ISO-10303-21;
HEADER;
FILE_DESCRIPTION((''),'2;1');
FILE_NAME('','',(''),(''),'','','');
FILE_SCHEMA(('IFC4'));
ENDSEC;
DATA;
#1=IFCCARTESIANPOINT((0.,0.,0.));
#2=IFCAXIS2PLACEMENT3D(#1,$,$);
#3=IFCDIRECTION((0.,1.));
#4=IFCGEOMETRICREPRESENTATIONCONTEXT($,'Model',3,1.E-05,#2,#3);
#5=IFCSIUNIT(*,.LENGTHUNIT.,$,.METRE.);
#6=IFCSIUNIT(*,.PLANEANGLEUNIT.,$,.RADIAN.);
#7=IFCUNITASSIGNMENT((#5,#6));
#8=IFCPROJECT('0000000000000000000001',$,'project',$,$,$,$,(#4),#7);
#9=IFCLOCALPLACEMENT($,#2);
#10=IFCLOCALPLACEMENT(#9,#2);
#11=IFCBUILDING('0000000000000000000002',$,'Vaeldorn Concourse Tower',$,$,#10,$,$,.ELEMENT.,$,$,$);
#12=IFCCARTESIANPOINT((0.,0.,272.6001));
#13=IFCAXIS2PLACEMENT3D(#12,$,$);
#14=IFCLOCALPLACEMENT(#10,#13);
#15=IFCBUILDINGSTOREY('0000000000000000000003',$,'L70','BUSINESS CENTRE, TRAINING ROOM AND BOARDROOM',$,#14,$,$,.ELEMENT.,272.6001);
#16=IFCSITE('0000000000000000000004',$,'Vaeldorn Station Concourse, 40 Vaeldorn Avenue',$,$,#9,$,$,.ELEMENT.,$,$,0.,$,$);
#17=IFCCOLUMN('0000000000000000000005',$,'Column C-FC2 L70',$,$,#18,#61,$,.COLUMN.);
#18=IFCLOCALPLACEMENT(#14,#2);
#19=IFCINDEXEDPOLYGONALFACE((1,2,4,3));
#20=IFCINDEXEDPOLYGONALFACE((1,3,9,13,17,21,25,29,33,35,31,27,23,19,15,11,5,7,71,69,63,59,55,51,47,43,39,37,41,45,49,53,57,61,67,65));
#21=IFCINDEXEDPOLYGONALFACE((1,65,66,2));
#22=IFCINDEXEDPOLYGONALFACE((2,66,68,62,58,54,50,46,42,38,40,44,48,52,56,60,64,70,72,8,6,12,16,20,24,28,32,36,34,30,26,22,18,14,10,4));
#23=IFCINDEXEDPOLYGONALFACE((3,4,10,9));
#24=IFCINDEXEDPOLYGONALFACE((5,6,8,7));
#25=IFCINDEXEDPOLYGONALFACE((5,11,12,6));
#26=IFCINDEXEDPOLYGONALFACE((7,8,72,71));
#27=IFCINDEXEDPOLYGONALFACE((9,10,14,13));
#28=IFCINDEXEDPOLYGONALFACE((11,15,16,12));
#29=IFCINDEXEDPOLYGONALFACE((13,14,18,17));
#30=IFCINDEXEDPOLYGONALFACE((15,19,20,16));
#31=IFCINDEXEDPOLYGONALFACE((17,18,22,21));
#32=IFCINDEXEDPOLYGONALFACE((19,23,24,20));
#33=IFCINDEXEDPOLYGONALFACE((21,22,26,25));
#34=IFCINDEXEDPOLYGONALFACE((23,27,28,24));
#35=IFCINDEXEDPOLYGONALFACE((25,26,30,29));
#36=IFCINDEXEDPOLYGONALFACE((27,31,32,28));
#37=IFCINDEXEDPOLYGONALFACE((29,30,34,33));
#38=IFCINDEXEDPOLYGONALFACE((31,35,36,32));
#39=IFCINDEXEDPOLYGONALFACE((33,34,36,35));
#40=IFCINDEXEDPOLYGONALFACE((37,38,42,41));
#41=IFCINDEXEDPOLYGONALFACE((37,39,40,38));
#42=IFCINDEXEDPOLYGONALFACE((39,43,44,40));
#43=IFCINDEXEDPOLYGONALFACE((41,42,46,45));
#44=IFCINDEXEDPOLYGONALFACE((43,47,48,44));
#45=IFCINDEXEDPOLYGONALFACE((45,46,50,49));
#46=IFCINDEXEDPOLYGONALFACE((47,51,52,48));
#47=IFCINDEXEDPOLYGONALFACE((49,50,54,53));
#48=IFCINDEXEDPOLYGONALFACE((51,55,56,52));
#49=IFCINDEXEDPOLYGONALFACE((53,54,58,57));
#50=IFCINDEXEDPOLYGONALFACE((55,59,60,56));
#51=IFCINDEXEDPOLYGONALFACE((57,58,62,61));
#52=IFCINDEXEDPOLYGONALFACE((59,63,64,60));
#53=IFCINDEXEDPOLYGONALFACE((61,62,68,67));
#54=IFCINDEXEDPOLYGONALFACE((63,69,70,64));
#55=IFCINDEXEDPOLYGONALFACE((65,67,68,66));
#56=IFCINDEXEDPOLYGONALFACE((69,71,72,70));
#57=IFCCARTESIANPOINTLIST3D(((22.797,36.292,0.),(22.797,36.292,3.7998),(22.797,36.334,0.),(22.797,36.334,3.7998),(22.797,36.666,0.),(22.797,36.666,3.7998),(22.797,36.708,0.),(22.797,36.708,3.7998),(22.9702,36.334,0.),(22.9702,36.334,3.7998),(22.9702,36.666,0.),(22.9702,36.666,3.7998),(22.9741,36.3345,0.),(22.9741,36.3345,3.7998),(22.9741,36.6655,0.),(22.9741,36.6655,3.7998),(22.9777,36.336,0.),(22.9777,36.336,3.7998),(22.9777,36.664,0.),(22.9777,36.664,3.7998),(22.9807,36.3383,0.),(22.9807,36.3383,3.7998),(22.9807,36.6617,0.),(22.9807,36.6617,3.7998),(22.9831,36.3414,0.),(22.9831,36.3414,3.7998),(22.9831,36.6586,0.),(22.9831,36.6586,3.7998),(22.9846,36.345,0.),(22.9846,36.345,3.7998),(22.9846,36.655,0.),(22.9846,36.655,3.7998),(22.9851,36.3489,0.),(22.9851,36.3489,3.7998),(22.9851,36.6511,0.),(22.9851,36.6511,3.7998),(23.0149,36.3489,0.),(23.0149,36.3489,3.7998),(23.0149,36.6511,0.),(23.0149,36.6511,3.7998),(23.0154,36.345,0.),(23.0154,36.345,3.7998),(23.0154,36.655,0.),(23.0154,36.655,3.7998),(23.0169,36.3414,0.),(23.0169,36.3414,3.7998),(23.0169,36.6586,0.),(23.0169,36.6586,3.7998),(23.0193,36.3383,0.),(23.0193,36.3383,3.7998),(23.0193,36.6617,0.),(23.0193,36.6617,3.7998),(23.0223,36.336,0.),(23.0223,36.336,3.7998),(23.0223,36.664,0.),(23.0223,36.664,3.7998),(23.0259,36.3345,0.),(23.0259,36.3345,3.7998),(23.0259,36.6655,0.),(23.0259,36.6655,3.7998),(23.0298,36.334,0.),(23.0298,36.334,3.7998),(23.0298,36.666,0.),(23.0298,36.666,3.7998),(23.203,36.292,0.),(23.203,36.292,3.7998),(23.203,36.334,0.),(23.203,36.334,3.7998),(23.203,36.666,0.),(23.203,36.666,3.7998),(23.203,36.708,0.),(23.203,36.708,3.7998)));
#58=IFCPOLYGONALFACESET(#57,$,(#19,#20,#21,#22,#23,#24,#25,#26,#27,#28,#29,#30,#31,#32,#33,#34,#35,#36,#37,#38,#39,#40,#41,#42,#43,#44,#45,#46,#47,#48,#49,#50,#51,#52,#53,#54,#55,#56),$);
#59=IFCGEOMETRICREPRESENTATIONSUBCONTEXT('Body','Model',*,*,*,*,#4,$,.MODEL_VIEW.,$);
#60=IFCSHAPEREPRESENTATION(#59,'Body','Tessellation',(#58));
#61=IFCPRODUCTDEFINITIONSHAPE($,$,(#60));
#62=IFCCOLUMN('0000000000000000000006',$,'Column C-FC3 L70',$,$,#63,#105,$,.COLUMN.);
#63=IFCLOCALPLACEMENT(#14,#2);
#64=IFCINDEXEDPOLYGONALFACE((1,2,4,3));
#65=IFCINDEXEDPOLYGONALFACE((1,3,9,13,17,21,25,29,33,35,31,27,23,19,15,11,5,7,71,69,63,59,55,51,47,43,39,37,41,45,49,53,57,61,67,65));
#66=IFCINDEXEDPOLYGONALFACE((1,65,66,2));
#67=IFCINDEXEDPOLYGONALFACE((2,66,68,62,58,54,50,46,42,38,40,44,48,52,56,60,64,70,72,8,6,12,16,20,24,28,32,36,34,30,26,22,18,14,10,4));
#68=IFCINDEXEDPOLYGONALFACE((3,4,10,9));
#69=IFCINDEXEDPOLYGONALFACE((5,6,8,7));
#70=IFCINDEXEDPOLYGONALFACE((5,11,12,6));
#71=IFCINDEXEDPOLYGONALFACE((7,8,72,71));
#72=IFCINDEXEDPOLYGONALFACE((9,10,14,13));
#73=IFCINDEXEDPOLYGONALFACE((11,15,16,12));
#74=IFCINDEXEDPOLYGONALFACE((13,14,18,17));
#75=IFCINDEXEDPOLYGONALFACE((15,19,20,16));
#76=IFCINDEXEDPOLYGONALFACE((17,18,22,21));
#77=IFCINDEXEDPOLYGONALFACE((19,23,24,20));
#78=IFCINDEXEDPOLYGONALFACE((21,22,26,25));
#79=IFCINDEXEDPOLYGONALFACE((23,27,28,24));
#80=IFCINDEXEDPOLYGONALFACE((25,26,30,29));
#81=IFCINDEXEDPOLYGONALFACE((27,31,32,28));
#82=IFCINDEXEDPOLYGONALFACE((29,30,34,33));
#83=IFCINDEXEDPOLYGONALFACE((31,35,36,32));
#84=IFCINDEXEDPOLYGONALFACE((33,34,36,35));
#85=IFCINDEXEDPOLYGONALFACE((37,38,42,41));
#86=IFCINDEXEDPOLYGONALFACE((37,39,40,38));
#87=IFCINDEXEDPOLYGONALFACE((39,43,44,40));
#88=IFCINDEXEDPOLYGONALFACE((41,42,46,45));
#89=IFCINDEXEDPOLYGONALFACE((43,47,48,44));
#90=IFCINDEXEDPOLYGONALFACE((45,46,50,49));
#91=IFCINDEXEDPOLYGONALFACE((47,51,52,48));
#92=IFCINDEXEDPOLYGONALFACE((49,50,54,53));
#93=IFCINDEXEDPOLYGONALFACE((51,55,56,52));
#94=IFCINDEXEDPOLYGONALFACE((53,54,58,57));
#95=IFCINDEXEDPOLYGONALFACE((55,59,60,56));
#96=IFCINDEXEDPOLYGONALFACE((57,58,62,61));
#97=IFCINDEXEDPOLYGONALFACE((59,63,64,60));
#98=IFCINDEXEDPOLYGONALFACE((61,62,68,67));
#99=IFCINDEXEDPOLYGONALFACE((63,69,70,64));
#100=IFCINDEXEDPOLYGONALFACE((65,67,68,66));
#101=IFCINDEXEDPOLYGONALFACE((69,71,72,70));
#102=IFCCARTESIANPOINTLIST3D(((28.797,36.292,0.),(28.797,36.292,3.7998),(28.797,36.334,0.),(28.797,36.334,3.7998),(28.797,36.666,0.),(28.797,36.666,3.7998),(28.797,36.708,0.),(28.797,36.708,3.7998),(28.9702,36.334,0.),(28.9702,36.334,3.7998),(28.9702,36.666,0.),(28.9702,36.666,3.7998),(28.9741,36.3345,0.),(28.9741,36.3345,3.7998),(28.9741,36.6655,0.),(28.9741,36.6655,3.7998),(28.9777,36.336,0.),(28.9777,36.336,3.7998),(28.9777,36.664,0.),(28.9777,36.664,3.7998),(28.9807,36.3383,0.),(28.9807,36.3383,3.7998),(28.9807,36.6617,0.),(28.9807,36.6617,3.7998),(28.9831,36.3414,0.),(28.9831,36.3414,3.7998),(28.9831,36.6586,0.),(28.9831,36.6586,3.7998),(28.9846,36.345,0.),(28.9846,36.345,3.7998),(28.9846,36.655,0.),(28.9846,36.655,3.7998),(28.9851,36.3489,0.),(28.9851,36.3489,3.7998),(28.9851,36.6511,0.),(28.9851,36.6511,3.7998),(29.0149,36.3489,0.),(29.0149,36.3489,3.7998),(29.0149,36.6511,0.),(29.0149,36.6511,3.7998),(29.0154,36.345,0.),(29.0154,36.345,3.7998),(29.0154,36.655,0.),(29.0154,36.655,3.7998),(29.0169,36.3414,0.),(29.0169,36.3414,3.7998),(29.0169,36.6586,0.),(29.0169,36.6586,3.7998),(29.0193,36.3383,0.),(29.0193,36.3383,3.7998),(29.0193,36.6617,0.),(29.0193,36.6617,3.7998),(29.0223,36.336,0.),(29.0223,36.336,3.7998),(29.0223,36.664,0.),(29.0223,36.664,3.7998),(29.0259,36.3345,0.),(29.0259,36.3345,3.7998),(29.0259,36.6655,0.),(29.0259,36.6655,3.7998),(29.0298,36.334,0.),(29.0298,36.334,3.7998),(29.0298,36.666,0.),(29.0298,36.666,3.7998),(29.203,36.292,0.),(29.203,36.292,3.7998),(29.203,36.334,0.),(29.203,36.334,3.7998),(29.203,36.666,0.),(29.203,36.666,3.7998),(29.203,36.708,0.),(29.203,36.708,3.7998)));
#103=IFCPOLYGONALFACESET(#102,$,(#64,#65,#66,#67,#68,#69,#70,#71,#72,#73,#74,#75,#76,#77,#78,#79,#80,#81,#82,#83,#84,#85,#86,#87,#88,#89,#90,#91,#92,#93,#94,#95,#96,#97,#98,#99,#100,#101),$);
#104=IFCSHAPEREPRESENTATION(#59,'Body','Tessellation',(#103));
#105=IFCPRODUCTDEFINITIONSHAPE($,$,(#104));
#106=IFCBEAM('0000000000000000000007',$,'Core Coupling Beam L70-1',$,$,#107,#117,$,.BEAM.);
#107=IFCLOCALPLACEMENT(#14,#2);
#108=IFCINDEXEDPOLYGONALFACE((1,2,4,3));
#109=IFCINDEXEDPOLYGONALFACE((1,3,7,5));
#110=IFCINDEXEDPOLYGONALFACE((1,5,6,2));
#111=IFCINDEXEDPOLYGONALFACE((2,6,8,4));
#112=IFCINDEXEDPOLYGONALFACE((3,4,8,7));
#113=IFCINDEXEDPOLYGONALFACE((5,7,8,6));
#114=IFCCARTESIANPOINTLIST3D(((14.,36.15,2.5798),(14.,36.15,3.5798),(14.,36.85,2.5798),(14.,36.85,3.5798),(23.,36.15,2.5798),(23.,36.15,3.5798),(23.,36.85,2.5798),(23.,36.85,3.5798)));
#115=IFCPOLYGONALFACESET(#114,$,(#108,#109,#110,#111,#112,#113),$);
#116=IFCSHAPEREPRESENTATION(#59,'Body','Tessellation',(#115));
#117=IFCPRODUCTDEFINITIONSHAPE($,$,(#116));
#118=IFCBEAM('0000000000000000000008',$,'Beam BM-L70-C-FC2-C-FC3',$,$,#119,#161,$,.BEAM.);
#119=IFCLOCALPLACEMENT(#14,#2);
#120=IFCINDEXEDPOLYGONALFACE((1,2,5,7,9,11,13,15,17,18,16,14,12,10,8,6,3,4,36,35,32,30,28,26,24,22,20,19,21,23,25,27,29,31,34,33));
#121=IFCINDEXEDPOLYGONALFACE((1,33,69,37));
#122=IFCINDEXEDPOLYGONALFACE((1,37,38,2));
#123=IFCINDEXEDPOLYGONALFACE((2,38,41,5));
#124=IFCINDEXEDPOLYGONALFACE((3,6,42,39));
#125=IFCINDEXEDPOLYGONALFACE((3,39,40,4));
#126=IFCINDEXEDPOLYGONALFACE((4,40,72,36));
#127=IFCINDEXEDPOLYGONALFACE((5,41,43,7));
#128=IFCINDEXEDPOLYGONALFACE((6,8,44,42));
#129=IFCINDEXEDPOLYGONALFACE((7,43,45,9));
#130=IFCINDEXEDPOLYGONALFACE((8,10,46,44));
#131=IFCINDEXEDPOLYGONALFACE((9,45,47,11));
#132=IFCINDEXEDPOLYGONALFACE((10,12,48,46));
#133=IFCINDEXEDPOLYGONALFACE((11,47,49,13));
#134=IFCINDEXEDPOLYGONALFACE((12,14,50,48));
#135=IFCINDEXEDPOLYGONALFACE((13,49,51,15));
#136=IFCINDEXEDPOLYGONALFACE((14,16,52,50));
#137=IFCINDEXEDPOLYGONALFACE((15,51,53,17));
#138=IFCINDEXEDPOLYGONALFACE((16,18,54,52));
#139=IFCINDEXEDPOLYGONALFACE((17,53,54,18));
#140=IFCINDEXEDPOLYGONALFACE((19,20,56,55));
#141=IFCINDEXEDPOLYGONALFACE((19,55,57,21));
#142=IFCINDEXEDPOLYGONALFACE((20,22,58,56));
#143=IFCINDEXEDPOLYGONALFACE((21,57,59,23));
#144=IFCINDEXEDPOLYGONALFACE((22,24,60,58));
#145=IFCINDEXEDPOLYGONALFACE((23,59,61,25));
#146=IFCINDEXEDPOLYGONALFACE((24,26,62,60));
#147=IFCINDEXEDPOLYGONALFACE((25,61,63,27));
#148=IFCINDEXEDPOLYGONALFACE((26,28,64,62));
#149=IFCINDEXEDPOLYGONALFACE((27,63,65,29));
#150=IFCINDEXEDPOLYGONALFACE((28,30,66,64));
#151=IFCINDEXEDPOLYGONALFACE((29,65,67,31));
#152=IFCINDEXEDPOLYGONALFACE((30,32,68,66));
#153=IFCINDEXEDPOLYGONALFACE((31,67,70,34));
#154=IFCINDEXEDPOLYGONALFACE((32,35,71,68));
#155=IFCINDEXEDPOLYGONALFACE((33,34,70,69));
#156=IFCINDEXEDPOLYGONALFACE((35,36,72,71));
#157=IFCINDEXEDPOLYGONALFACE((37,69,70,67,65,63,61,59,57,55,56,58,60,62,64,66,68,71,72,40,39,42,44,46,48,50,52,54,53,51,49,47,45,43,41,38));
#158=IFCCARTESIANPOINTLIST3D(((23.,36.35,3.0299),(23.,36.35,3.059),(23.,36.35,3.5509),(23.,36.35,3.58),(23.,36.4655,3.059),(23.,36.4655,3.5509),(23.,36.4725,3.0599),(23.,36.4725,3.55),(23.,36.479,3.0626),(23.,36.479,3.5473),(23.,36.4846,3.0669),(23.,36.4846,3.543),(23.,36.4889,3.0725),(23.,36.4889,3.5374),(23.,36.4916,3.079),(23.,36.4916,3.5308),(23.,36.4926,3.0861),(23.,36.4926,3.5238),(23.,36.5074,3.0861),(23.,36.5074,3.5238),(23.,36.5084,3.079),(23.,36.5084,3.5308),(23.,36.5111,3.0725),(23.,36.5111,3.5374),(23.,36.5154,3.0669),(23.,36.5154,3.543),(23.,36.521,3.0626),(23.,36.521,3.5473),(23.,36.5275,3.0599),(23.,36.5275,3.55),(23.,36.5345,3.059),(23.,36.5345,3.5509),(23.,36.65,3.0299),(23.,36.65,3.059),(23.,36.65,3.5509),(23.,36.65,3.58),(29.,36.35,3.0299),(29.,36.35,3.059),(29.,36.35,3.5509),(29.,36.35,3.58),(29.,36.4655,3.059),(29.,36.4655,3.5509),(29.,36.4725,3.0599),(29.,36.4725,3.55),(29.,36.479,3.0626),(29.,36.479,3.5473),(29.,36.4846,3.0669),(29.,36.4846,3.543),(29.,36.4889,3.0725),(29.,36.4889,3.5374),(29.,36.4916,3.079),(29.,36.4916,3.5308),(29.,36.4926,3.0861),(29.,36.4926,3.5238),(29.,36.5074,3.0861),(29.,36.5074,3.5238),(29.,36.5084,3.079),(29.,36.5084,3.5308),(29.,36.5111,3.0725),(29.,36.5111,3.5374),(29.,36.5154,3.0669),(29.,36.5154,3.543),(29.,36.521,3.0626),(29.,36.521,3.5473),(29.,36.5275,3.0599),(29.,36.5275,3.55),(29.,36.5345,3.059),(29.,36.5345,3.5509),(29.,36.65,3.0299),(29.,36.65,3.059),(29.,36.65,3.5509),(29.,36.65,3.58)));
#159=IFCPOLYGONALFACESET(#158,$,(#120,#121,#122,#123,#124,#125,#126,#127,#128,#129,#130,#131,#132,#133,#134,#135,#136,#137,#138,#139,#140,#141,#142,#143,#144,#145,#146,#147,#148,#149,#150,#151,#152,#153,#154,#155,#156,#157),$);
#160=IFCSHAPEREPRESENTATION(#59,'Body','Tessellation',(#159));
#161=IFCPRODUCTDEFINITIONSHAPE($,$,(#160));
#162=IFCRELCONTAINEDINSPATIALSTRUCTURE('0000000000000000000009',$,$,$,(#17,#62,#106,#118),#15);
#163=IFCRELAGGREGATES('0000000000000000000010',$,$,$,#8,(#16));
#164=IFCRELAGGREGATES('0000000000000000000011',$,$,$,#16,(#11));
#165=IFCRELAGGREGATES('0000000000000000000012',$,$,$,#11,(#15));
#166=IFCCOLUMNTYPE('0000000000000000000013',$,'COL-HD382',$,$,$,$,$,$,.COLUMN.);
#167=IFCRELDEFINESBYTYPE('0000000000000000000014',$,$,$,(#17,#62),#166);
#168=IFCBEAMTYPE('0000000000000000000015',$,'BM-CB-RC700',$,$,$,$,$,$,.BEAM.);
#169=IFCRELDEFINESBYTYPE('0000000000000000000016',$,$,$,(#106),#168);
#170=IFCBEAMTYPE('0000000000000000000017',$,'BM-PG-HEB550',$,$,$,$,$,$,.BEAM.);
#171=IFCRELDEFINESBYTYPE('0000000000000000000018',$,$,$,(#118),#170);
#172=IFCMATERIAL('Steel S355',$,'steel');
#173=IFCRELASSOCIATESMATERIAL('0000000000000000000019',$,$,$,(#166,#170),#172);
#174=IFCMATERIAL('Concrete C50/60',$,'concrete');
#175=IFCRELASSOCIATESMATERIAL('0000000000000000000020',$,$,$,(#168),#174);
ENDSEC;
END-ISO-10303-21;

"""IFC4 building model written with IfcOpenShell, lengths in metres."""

from ifc_helpers import new_model, si_unit, direction, frame, origin, origin_2d, place, context, subcontext, project, spatial, rectangle, i_section, extrude, source, transform, mapped, material, material_profile, profile_set, type_object, element, save


model = new_model("IFC4")

# Units and contexts
model_context = context("Model", 3, precision=1e-05, world=origin(), true_north=direction((0.0, 1.0)))
body_context = subcontext(model_context, "Body", "Model", "MODEL_VIEW")
ifc_project = project(units=[si_unit("LENGTHUNIT", "METRE"), si_unit("PLANEANGLEUNIT", "RADIAN")], contexts=[model_context])

# Site, building, storey
site_placement = place(None, origin())
site = spatial("IfcSite", under=ifc_project, at=site_placement, Name="Vaeldorn Station Concourse, 40 Vaeldorn Avenue", CompositionType="ELEMENT", RefElevation=0.0)
building_placement = place(site_placement, origin())
building = spatial("IfcBuilding", under=site, at=building_placement, Name="Vaeldorn Concourse Tower", CompositionType="ELEMENT")
storey_placement = place(building_placement, frame((0.0, 0.0, 272.6001)))
storey = spatial("IfcBuildingStorey", under=building, at=storey_placement, Name="L70", Description="BUSINESS CENTRE, TRAINING ROOM AND BOARDROOM", CompositionType="ELEMENT", Elevation=272.6001)

# Columns
ifc_material_1 = material(Name="Steel S355", Category="steel")
ifc_material_profile_1 = material_profile(ifc_material_1, i_section(OverallWidth=0.406, OverallDepth=0.416, WebThickness=0.0298, FlangeThickness=0.042, FilletRadius=0.0149, at=origin_2d()), Name="HD 400x382")
ifc_profile_set_1 = profile_set([ifc_material_profile_1], Name="Steel S355")
column_type = type_object("IfcColumnType", Name="COL-HD382", PredefinedType="COLUMN", material=ifc_profile_set_1)
shared_shape_1 = source(origin(), body_context, "Body", "SweptSolid", [
    extrude(i_section(OverallWidth=0.406, OverallDepth=0.416, WebThickness=0.0298, FlangeThickness=0.042, FilletRadius=0.0149, at=origin_2d()), origin(), (0.0, 0.0, 1.0), 3.7998),
])
for number, where, z_axis, x_axis, name in (
    (1, (23.0, 36.5, 0.0), (0.0, 0.0, 1.0), (1.0, 0.0, 0.0), "Column C-FC2 L70"),
    (2, (29.0, 36.5, 0.0), (0.0, 0.0, 1.0), (1.0, 0.0, 0.0), "Column C-FC3 L70"),
):
    element("IfcColumn", number, at=place(storey_placement, frame(where, z_axis=z_axis, x_axis=x_axis)), inside=storey, type_object=column_type, Name=name, PredefinedType="COLUMN", context=body_context, shape_type="MappedRepresentation", body=[
        mapped(shared_shape_1, transform((0.0, 0.0, 0.0), scale=1.0)),
    ])

# Beams
ifc_material_2 = material(Name="Concrete C50/60", Category="concrete")
ifc_material_profile_2 = material_profile(ifc_material_2, rectangle(XDim=0.7, YDim=1.0, at=origin_2d()), Name="RC 700x1000")
ifc_profile_set_2 = profile_set([ifc_material_profile_2], Name="Concrete C50/60")
beam_type_1 = type_object("IfcBeamType", Name="BM-CB-RC700", PredefinedType="BEAM", material=ifc_profile_set_2)
shared_shape_2 = source(origin(), body_context, "Body", "SweptSolid", [
    extrude(rectangle(XDim=0.7, YDim=1.0, at=origin_2d()), origin(), (0.0, 0.0, 1.0), 9.0),
])
beam_1_placement = place(storey_placement, frame((14.0, 36.5, 3.0798), z_axis=(1.0, 0.0, 0.0), x_axis=(0.0, 1.0, 0.0)))
element("IfcBeam", 3, at=beam_1_placement, inside=storey, type_object=beam_type_1, Name="Core Coupling Beam L70-1", PredefinedType="BEAM", context=body_context, shape_type="MappedRepresentation", body=[
    mapped(shared_shape_2, transform((0.0, 0.0, 0.0), scale=1.0)),
])
ifc_material_profile_3 = material_profile(ifc_material_1, i_section(OverallWidth=0.3, OverallDepth=0.55, WebThickness=0.0149, FlangeThickness=0.0291, FilletRadius=0.0271, at=origin_2d()), Name="HEB 550")
ifc_profile_set_3 = profile_set([ifc_material_profile_3], Name="Steel S355")
beam_type_2 = type_object("IfcBeamType", Name="BM-PG-HEB550", PredefinedType="BEAM", material=ifc_profile_set_3)
shared_shape_3 = source(origin(), body_context, "Body", "SweptSolid", [
    extrude(i_section(OverallWidth=0.3, OverallDepth=0.55, WebThickness=0.0149, FlangeThickness=0.0291, FilletRadius=0.0271, at=origin_2d()), origin(), (0.0, 0.0, 1.0), 6.0),
])
beam_2_placement = place(storey_placement, frame((23.0, 36.5, 3.3049), z_axis=(1.0, 0.0, 0.0), x_axis=(0.0, 1.0, 0.0)))
element("IfcBeam", 4, at=beam_2_placement, inside=storey, type_object=beam_type_2, Name="Beam BM-L70-C-FC2-C-FC3", PredefinedType="BEAM", context=body_context, shape_type="MappedRepresentation", body=[
    mapped(shared_shape_3, transform((0.0, 0.0, 0.0), scale=1.0)),
])

save(model, "model.ifc")
